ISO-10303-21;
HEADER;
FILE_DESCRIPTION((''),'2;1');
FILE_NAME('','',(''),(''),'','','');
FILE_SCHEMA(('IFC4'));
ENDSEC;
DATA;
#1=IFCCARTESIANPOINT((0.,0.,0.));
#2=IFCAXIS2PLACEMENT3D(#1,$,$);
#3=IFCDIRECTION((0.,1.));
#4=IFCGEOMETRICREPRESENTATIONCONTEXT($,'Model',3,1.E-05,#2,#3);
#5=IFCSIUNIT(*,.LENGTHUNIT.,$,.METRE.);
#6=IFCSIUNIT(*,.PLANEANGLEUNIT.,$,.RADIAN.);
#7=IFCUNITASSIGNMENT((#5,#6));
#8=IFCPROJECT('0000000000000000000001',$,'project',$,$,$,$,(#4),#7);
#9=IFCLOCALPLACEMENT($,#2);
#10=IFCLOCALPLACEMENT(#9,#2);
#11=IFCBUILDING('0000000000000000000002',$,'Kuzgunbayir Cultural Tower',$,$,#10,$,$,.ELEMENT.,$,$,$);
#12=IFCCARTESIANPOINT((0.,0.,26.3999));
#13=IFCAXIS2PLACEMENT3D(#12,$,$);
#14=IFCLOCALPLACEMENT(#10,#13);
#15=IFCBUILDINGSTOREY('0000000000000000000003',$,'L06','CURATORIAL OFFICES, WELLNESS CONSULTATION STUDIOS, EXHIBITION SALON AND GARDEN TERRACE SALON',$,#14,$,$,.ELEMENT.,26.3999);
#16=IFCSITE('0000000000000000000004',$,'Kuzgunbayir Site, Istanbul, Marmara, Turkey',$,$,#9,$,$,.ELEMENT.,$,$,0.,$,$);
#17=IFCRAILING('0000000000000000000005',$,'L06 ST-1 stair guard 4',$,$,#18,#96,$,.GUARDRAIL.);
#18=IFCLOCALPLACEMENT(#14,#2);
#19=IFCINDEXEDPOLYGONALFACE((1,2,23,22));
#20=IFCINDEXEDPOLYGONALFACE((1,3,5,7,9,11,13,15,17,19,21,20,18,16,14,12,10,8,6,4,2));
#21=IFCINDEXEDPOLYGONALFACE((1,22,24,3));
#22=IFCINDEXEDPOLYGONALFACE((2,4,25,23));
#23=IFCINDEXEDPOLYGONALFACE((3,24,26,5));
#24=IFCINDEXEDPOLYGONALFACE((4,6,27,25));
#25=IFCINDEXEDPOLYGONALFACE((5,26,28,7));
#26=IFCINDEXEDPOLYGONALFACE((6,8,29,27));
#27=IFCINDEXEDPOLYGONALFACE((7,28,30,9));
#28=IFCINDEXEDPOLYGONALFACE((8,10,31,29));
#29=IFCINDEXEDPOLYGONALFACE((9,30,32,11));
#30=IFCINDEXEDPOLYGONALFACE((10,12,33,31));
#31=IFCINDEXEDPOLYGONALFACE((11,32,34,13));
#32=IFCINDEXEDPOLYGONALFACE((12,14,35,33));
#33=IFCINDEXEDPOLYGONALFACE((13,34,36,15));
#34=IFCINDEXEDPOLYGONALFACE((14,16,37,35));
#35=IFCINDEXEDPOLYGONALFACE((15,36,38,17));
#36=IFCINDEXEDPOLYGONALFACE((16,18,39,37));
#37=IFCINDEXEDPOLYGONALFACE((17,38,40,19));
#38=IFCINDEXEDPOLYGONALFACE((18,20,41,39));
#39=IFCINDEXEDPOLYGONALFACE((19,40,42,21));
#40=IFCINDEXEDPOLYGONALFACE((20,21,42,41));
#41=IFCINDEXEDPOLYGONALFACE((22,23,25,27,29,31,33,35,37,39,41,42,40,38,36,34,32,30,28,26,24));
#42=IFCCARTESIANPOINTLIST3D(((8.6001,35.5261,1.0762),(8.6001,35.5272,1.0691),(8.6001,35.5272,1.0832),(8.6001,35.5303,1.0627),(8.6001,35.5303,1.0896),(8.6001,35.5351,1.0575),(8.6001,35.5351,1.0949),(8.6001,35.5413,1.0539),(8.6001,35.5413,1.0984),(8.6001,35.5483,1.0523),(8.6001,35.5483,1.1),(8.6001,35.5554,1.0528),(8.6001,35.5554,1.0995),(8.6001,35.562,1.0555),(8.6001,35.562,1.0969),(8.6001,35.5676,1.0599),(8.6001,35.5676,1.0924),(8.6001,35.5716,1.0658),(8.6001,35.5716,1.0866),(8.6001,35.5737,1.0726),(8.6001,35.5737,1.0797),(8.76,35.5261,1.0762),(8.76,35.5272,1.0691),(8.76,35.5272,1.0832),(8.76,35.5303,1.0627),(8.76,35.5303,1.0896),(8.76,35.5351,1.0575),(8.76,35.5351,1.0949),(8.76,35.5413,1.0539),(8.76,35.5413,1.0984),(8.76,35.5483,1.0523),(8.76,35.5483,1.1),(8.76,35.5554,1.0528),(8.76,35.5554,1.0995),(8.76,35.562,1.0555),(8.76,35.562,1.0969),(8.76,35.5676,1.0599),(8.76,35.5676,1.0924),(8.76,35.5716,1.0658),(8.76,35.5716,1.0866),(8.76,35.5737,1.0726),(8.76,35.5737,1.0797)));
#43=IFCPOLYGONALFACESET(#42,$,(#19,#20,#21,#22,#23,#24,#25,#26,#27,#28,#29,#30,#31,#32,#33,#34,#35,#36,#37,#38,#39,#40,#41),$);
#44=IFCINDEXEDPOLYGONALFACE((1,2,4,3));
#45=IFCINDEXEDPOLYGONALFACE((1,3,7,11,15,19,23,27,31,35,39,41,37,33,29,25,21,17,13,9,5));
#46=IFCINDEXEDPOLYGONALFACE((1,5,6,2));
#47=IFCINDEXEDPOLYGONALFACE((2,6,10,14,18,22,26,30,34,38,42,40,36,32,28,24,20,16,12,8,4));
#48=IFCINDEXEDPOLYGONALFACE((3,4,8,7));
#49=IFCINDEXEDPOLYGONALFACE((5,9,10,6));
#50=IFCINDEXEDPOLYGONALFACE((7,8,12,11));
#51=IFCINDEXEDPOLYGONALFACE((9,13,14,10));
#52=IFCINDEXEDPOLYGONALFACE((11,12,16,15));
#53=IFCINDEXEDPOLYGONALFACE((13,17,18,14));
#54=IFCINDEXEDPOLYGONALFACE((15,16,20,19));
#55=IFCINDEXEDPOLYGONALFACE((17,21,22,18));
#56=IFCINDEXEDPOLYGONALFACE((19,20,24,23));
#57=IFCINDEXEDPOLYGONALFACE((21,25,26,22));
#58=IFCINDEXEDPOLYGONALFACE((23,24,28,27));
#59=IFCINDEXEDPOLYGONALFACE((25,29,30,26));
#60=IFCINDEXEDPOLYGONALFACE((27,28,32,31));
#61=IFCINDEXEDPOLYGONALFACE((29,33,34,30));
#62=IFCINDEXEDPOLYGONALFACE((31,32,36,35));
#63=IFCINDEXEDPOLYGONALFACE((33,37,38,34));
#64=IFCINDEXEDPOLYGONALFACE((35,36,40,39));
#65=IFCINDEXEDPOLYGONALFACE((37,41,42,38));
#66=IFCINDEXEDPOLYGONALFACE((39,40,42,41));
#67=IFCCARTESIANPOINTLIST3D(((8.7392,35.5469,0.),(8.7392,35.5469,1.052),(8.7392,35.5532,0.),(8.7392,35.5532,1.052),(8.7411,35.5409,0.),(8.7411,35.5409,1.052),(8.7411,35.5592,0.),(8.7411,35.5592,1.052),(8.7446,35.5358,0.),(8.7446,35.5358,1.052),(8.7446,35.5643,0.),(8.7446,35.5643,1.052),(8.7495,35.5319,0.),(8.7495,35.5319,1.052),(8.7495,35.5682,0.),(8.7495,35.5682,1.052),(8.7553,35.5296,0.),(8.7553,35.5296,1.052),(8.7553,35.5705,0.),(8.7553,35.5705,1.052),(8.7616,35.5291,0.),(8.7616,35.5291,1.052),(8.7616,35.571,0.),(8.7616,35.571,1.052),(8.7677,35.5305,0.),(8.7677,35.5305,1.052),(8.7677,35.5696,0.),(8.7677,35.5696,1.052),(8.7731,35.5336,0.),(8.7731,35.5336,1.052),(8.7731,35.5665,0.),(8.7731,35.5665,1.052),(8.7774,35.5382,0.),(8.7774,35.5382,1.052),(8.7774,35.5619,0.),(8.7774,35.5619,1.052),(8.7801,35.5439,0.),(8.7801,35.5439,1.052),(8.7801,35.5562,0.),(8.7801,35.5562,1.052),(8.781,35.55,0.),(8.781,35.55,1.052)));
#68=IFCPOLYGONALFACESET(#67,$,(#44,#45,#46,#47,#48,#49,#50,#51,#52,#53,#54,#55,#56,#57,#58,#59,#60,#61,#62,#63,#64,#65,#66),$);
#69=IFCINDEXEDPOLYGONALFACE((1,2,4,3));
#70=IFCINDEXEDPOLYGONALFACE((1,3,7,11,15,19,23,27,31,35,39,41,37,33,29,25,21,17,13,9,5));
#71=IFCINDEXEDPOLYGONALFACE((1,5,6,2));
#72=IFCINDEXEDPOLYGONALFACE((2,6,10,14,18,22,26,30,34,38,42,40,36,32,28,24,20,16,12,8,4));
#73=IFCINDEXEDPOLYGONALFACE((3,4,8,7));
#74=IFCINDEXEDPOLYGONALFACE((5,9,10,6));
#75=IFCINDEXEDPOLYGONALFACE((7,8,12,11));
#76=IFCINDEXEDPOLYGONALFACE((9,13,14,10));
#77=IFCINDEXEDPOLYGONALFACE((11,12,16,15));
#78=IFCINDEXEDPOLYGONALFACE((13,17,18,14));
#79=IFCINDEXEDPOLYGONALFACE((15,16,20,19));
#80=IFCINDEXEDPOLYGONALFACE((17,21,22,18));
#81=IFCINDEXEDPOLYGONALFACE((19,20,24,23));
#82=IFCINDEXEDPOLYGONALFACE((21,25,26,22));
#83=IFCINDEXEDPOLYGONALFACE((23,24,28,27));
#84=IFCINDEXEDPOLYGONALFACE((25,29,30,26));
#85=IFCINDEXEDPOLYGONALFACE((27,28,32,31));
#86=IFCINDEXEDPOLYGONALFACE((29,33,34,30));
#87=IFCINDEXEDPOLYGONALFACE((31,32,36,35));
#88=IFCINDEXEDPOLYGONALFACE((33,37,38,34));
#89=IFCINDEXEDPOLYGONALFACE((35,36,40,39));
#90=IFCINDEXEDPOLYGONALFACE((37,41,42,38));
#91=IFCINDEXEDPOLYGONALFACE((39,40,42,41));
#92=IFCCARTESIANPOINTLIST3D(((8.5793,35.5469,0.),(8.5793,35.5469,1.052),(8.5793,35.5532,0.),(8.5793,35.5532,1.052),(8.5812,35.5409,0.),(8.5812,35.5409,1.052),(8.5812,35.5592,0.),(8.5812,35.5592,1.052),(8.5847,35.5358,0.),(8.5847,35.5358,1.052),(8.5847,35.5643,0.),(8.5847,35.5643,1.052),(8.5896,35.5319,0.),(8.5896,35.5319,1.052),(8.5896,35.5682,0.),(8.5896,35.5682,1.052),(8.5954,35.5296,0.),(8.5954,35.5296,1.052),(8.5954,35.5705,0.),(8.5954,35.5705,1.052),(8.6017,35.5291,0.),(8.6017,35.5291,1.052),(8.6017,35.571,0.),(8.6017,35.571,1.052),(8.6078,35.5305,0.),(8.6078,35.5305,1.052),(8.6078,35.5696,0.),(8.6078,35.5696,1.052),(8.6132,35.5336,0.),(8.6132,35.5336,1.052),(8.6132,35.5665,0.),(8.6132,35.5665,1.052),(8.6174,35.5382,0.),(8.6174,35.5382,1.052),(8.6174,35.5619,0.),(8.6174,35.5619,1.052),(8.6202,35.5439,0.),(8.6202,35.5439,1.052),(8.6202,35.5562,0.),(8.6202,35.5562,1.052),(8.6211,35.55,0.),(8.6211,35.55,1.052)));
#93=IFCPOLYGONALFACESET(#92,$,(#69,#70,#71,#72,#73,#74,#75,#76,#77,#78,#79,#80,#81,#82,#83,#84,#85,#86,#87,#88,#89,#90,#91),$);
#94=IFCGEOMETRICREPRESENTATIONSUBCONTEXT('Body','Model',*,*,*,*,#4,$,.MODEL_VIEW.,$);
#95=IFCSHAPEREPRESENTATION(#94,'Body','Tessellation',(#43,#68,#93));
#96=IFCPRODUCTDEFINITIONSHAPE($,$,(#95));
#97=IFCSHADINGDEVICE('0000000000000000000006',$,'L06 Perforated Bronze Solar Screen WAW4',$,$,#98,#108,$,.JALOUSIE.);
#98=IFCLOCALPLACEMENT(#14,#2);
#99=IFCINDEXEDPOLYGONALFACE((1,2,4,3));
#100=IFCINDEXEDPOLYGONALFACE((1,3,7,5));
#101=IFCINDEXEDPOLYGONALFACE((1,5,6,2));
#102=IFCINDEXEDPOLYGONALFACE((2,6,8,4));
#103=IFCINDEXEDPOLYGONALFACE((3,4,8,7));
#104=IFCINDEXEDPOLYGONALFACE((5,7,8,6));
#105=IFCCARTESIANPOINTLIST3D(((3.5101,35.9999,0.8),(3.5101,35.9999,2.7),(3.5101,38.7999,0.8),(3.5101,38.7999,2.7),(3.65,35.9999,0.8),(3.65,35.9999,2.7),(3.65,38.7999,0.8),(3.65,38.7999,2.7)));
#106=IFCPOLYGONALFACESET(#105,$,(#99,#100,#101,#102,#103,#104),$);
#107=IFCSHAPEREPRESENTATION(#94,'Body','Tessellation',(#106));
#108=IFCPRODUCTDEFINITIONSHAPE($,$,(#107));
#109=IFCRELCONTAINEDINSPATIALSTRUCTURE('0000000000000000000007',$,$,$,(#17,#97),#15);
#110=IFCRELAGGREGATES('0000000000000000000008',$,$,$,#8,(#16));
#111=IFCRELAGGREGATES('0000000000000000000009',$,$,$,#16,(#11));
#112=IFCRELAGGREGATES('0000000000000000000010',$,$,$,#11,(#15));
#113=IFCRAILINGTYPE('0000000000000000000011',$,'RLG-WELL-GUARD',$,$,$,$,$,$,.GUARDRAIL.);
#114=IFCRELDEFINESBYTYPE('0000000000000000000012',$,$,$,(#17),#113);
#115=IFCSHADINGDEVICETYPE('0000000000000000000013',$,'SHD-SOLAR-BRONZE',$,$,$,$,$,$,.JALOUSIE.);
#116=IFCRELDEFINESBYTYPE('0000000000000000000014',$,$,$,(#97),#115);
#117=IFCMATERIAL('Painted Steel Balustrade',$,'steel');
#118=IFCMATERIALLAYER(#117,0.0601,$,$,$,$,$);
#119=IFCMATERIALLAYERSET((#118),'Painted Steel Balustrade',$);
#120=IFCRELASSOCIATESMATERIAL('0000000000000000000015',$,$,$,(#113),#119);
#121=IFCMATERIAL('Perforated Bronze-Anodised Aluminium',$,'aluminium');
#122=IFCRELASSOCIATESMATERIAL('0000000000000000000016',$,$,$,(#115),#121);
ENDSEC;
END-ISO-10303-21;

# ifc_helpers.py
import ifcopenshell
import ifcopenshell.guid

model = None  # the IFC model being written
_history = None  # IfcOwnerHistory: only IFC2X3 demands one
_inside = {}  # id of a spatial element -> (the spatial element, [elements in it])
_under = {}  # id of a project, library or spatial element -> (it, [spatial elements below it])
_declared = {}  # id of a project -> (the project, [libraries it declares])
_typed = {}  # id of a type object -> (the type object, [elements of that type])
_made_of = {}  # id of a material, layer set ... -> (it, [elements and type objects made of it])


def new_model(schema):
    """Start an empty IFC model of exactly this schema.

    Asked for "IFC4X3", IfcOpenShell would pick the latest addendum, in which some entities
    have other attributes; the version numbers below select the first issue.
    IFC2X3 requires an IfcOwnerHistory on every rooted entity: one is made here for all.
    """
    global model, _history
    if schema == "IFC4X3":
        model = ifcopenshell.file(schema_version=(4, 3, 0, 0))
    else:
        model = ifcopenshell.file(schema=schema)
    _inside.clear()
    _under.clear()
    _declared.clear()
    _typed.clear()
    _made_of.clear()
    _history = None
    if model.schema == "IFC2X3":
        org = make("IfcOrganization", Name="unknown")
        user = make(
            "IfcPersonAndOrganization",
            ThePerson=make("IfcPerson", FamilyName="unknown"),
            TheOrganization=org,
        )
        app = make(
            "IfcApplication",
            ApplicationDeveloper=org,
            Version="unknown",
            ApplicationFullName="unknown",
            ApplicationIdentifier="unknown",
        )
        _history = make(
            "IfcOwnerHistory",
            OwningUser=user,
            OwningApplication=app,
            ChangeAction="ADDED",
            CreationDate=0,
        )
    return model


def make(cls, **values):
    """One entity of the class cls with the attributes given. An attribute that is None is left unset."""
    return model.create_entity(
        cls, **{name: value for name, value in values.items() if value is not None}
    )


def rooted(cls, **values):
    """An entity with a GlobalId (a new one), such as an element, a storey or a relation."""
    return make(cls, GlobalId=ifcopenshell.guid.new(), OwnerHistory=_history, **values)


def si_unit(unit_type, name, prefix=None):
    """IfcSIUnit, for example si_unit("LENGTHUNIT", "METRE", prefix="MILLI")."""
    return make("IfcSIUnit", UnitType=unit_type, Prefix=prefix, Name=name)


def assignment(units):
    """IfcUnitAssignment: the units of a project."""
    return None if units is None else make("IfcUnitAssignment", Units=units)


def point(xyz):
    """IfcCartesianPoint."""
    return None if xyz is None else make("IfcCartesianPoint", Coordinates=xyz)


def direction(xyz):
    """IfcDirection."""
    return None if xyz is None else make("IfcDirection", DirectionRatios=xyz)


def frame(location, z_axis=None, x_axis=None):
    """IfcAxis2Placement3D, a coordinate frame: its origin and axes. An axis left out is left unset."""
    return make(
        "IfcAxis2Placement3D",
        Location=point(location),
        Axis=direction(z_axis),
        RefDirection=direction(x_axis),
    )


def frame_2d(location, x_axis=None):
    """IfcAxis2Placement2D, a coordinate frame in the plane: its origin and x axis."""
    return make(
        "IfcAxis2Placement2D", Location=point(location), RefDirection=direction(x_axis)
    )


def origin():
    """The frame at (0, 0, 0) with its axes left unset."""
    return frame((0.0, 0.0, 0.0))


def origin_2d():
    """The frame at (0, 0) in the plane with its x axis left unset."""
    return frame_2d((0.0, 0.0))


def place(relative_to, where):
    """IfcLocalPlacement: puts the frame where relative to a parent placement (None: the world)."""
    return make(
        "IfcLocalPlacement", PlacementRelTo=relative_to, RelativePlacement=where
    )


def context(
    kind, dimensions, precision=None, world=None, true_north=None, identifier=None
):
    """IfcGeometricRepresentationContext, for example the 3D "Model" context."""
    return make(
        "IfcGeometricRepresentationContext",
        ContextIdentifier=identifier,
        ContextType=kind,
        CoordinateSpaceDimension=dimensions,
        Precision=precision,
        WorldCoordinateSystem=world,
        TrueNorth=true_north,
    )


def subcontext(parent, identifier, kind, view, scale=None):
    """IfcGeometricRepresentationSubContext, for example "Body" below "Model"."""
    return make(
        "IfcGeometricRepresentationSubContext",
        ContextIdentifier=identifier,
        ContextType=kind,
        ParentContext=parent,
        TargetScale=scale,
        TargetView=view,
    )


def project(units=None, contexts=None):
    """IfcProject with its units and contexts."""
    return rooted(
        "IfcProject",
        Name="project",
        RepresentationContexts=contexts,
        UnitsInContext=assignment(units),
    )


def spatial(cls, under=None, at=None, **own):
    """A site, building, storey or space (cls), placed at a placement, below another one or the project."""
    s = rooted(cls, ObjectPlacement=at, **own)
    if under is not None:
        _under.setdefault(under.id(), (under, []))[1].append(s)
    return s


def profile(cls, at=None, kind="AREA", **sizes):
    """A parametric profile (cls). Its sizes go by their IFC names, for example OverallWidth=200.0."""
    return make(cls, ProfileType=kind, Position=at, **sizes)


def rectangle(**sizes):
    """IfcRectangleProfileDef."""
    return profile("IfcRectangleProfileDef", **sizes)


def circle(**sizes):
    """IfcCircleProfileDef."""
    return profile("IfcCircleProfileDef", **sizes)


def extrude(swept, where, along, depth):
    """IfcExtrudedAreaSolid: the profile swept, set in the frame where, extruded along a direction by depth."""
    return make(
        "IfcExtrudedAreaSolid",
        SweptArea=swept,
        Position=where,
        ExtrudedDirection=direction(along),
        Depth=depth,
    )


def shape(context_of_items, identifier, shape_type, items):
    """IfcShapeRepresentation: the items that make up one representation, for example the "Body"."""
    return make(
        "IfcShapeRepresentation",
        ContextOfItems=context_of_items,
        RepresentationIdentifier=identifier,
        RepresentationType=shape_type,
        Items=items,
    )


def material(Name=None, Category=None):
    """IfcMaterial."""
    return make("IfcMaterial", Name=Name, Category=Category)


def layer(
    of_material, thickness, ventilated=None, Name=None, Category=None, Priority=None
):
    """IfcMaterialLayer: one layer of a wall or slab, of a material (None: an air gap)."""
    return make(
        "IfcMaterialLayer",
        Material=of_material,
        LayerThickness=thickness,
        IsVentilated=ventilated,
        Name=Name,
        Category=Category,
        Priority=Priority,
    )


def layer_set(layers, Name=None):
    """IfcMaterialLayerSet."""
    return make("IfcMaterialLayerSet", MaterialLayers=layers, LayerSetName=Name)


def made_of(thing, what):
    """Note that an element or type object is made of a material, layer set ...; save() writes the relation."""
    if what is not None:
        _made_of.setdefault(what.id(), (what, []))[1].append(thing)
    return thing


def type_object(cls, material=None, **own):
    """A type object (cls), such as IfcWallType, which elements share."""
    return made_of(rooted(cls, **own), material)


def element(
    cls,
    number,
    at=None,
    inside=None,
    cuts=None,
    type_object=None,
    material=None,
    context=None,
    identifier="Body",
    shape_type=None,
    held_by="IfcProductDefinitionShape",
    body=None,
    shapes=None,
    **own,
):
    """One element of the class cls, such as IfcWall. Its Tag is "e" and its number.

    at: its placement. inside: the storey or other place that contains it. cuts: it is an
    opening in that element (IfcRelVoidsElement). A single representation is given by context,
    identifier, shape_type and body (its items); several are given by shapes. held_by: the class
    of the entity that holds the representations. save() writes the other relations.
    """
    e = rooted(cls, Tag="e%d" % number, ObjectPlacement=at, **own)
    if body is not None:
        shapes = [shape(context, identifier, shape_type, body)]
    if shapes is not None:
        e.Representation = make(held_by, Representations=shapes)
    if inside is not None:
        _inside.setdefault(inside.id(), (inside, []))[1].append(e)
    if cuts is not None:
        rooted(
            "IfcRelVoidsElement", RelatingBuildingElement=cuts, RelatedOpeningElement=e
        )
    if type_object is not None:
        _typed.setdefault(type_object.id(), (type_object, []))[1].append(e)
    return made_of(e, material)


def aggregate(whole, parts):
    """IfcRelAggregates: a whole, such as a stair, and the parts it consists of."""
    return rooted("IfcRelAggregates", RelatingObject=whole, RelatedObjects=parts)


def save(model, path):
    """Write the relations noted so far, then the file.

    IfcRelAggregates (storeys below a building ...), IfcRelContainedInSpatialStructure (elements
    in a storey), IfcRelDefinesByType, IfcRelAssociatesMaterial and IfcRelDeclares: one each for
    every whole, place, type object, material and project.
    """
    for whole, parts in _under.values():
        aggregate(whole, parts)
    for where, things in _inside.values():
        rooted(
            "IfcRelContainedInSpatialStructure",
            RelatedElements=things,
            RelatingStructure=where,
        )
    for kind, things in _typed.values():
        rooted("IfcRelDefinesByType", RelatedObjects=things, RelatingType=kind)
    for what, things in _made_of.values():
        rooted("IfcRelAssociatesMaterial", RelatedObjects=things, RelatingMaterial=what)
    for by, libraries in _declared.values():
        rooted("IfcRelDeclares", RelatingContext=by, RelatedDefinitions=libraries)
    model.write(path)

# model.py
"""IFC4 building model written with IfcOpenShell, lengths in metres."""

from ifc_helpers import new_model, si_unit, direction, frame, origin, origin_2d, place, context, subcontext, project, spatial, rectangle, circle, extrude, material, layer, layer_set, type_object, element, save


model = new_model("IFC4")

# Units and contexts
model_context = context("Model", 3, precision=1e-05, world=origin(), true_north=direction((0.0, 1.0)))
body_context = subcontext(model_context, "Body", "Model", "MODEL_VIEW")
ifc_project = project(units=[si_unit("LENGTHUNIT", "METRE"), si_unit("PLANEANGLEUNIT", "RADIAN")], contexts=[model_context])

# Site, building, storey
site_placement = place(None, origin())
site = spatial("IfcSite", under=ifc_project, at=site_placement, Name="Kuzgunbayir Site, Istanbul, Marmara, Turkey", CompositionType="ELEMENT", RefElevation=0.0)
building_placement = place(site_placement, origin())
building = spatial("IfcBuilding", under=site, at=building_placement, Name="Kuzgunbayir Cultural Tower", CompositionType="ELEMENT")
storey_placement = place(building_placement, frame((0.0, 0.0, 26.3999)))
storey = spatial("IfcBuildingStorey", under=building, at=storey_placement, Name="L06", Description="CURATORIAL OFFICES, WELLNESS CONSULTATION STUDIOS, EXHIBITION SALON AND GARDEN TERRACE SALON", CompositionType="ELEMENT", Elevation=26.3999)

# Shared definitions
ifc_material_1 = material(Name="Perforated Bronze-Anodised Aluminium", Category="aluminium")

# Railing
ifc_material_2 = material(Name="Painted Steel Balustrade", Category="steel")
ifc_layer_1 = layer(ifc_material_2, 0.0601)
ifc_layer_set_1 = layer_set([ifc_layer_1], Name="Painted Steel Balustrade")
railing_type_1 = type_object("IfcRailingType", Name="RLG-WELL-GUARD", PredefinedType="GUARDRAIL", material=ifc_layer_set_1)
railing_1_placement = place(storey_placement, frame((8.76, 35.55, 0.0)))
element("IfcRailing", 1, at=railing_1_placement, inside=storey, type_object=railing_type_1, Name="L06 ST-1 stair guard 4", PredefinedType="GUARDRAIL", context=body_context, shape_type="SweptSolid", body=[
    extrude(circle(Radius=0.0239, at=origin_2d()), frame((0.0, 0.0, 1.0762), z_axis=(-1.0, 0.0, 0.0), x_axis=(0.0, -1.0, 0.0)), (0.0, 0.0, 1.0), 0.1599),
    extrude(circle(Radius=0.021, at=origin_2d()), origin(), (0.0, 0.0, 1.0), 1.052),
    extrude(circle(Radius=0.021, at=origin_2d()), frame((-0.1599, 0.0, 0.0)), (0.0, 0.0, 1.0), 1.052),
])

# Shading device
shading_device_type = type_object("IfcShadingDeviceType", Name="SHD-SOLAR-BRONZE", PredefinedType="JALOUSIE", material=ifc_material_1)
shading_device_placement = place(storey_placement, frame((3.5801, 37.3999, 0.8), z_axis=(0.0, 0.0, 1.0), x_axis=(1.0, 0.0, 0.0)))
element("IfcShadingDevice", 2, at=shading_device_placement, inside=storey, type_object=shading_device_type, Name="L06 Perforated Bronze Solar Screen WAW4", PredefinedType="JALOUSIE", context=body_context, shape_type="SweptSolid", body=[
    extrude(rectangle(XDim=0.1399, YDim=2.8, at=origin_2d()), origin(), (0.0, 0.0, 1.0), 1.8999),
])

save(model, "model.ifc")
